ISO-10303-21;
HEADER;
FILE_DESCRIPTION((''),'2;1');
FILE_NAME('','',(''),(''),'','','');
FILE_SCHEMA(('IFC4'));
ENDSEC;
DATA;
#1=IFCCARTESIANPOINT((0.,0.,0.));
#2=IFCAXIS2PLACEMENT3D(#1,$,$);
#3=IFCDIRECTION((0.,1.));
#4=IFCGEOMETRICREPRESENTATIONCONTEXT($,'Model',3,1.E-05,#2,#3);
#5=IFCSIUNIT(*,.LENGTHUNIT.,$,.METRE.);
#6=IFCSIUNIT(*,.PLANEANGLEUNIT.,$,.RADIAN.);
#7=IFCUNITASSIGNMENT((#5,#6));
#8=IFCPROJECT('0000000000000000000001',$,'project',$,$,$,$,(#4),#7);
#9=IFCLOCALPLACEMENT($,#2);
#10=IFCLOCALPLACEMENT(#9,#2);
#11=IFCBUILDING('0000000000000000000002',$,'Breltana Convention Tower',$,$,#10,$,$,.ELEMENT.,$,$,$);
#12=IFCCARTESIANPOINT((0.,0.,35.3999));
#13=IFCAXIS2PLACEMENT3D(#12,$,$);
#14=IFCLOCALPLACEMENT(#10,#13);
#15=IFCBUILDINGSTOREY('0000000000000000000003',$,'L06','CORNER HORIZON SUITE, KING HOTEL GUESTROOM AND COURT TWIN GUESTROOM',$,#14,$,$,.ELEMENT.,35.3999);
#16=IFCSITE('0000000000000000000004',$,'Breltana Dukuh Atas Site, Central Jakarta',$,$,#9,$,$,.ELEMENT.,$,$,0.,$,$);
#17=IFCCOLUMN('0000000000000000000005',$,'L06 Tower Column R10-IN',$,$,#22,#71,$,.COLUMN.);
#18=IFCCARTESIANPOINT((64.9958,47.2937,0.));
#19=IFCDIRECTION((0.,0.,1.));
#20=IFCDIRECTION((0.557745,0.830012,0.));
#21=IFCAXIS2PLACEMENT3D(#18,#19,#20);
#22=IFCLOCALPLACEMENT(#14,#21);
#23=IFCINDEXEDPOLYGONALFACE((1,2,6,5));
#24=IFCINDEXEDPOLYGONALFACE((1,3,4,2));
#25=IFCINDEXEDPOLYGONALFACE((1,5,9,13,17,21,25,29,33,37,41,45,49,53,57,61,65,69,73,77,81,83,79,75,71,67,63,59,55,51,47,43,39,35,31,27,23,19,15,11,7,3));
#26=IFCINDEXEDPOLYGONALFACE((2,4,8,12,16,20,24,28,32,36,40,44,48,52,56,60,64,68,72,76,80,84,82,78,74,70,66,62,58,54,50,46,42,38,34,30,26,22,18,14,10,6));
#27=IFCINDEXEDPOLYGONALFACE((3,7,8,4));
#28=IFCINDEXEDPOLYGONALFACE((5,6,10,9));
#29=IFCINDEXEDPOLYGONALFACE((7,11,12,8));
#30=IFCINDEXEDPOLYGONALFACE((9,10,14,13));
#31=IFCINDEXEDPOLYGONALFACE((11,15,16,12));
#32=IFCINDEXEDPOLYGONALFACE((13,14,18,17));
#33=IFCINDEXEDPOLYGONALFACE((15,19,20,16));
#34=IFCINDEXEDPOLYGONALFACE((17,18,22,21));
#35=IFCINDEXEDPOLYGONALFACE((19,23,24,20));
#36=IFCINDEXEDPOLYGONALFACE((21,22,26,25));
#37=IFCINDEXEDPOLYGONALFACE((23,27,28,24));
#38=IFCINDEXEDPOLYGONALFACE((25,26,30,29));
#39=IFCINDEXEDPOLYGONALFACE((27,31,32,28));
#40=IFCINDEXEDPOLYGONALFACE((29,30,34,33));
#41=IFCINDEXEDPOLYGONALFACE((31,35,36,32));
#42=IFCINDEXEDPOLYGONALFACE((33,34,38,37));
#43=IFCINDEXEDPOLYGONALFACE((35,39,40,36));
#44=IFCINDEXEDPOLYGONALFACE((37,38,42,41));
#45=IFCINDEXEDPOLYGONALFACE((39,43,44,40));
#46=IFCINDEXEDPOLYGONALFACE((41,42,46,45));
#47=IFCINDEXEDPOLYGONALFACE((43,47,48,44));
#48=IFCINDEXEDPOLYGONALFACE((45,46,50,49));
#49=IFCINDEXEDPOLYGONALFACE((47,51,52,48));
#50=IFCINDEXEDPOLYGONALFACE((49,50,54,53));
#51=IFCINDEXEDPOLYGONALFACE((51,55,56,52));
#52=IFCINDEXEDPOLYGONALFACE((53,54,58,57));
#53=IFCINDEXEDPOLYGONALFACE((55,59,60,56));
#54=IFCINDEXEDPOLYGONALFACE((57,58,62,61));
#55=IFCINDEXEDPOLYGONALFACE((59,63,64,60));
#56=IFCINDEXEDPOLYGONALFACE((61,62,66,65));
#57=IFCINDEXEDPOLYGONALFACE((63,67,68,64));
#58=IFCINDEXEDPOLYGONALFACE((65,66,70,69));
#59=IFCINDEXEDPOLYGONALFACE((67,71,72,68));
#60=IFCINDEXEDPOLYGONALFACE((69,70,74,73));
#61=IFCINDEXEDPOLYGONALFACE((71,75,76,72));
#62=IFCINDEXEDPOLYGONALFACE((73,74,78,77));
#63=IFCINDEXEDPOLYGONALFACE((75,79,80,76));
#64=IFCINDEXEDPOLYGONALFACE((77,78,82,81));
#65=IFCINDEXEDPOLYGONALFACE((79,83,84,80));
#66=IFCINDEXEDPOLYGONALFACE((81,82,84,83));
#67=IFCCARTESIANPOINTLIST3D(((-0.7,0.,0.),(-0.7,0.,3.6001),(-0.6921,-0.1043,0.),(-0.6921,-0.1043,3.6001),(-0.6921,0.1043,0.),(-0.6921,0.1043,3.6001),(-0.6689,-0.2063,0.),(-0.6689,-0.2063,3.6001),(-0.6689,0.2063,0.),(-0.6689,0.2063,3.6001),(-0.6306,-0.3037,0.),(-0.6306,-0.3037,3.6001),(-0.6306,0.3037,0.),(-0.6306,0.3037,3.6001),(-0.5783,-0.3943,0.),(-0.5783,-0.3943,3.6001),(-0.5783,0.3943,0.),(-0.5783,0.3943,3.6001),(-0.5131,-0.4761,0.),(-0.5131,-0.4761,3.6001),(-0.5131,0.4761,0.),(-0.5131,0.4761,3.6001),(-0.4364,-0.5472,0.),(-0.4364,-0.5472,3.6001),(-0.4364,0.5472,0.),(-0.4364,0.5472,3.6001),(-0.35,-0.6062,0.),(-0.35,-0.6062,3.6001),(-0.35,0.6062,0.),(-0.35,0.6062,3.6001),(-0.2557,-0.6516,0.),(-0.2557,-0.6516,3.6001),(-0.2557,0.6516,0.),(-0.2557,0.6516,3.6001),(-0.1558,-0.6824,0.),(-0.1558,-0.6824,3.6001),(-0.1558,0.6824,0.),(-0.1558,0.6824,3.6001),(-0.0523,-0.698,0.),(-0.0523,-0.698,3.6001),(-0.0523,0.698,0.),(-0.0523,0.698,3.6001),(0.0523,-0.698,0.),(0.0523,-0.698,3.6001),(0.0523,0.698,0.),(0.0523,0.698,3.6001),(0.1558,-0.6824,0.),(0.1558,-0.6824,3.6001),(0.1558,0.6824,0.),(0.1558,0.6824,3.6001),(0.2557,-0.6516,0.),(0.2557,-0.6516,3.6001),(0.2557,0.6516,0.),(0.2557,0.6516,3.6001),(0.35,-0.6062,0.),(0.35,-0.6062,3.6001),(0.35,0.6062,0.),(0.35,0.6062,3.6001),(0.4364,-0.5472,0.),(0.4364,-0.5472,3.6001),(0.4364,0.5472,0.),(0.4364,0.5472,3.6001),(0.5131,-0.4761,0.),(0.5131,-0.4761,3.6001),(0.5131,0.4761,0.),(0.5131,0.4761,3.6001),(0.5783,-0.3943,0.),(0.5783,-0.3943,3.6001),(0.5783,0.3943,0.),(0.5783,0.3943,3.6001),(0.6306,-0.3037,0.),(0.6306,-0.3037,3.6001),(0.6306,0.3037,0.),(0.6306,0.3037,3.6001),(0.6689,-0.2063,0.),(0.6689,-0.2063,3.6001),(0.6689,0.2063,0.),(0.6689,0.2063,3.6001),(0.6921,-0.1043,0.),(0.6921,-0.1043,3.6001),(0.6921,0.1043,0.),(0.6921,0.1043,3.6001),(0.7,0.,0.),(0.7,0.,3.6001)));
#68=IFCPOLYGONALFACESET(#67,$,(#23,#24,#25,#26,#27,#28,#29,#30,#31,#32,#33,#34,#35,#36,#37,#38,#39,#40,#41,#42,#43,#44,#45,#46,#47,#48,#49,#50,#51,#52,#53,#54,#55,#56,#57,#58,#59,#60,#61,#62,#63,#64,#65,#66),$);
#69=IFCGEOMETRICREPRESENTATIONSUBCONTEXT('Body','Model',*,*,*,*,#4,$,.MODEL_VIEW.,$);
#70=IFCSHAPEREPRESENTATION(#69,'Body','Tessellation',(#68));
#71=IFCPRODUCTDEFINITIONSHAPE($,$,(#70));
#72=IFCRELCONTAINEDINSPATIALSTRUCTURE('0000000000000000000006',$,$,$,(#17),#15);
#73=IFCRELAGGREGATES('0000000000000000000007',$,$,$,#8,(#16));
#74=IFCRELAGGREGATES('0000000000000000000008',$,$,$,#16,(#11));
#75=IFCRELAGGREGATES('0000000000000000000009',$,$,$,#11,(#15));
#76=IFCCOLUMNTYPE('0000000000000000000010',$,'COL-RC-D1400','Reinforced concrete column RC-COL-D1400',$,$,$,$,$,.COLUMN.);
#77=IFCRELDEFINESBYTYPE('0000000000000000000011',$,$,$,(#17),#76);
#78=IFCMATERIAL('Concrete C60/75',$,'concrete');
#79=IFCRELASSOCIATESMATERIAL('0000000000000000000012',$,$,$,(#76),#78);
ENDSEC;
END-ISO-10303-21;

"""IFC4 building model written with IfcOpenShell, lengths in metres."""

from ifc_helpers import new_model, si_unit, direction, frame, origin, origin_2d, place, context, subcontext, project, spatial, circle, extrude, source, transform, mapped, material, material_profile, profile_set, type_object, element, save


model = new_model("IFC4")

# Units and contexts
model_context = context("Model", 3, precision=1e-05, world=origin(), true_north=direction((0.0, 1.0)))
body_context = subcontext(model_context, "Body", "Model", "MODEL_VIEW")
ifc_project = project(units=[si_unit("LENGTHUNIT", "METRE"), si_unit("PLANEANGLEUNIT", "RADIAN")], contexts=[model_context])

# Site, building, storey
site_placement = place(None, origin())
site = spatial("IfcSite", under=ifc_project, at=site_placement, Name="Breltana Dukuh Atas Site, Central Jakarta", CompositionType="ELEMENT", RefElevation=0.0)
building_placement = place(site_placement, origin())
building = spatial("IfcBuilding", under=site, at=building_placement, Name="Breltana Convention Tower", CompositionType="ELEMENT")
storey_placement = place(building_placement, frame((0.0, 0.0, 35.3999)))
storey = spatial("IfcBuildingStorey", under=building, at=storey_placement, Name="L06", Description="CORNER HORIZON SUITE, KING HOTEL GUESTROOM AND COURT TWIN GUESTROOM", CompositionType="ELEMENT", Elevation=35.3999)

# Column
ifc_material_1 = material(Name="Concrete C60/75", Category="concrete")
ifc_material_profile_1 = material_profile(ifc_material_1, circle(Radius=0.7, at=origin_2d()), Name="RC-COL-D1400")
ifc_profile_set_1 = profile_set([ifc_material_profile_1], Name="Concrete C60/75")
column_type = type_object("IfcColumnType", Name="COL-RC-D1400", Description="Reinforced concrete column RC-COL-D1400", PredefinedType="COLUMN", material=ifc_profile_set_1)
shared_shape_1 = source(origin(), body_context, "Body", "SweptSolid", [
    extrude(circle(Radius=0.7, at=origin_2d()), origin(), (0.0, 0.0, 1.0), 3.6001),
])
column_placement = place(storey_placement, frame((64.9958, 47.2937, 0.0), z_axis=(0.0, 0.0, 1.0), x_axis=(0.557745, 0.830012, 0.0)))
element("IfcColumn", 1, at=column_placement, inside=storey, type_object=column_type, Name="L06 Tower Column R10-IN", PredefinedType="COLUMN", context=body_context, shape_type="MappedRepresentation", body=[
    mapped(shared_shape_1, transform((0.0, 0.0, 0.0), scale=1.0)),
])

save(model, "model.ifc")
